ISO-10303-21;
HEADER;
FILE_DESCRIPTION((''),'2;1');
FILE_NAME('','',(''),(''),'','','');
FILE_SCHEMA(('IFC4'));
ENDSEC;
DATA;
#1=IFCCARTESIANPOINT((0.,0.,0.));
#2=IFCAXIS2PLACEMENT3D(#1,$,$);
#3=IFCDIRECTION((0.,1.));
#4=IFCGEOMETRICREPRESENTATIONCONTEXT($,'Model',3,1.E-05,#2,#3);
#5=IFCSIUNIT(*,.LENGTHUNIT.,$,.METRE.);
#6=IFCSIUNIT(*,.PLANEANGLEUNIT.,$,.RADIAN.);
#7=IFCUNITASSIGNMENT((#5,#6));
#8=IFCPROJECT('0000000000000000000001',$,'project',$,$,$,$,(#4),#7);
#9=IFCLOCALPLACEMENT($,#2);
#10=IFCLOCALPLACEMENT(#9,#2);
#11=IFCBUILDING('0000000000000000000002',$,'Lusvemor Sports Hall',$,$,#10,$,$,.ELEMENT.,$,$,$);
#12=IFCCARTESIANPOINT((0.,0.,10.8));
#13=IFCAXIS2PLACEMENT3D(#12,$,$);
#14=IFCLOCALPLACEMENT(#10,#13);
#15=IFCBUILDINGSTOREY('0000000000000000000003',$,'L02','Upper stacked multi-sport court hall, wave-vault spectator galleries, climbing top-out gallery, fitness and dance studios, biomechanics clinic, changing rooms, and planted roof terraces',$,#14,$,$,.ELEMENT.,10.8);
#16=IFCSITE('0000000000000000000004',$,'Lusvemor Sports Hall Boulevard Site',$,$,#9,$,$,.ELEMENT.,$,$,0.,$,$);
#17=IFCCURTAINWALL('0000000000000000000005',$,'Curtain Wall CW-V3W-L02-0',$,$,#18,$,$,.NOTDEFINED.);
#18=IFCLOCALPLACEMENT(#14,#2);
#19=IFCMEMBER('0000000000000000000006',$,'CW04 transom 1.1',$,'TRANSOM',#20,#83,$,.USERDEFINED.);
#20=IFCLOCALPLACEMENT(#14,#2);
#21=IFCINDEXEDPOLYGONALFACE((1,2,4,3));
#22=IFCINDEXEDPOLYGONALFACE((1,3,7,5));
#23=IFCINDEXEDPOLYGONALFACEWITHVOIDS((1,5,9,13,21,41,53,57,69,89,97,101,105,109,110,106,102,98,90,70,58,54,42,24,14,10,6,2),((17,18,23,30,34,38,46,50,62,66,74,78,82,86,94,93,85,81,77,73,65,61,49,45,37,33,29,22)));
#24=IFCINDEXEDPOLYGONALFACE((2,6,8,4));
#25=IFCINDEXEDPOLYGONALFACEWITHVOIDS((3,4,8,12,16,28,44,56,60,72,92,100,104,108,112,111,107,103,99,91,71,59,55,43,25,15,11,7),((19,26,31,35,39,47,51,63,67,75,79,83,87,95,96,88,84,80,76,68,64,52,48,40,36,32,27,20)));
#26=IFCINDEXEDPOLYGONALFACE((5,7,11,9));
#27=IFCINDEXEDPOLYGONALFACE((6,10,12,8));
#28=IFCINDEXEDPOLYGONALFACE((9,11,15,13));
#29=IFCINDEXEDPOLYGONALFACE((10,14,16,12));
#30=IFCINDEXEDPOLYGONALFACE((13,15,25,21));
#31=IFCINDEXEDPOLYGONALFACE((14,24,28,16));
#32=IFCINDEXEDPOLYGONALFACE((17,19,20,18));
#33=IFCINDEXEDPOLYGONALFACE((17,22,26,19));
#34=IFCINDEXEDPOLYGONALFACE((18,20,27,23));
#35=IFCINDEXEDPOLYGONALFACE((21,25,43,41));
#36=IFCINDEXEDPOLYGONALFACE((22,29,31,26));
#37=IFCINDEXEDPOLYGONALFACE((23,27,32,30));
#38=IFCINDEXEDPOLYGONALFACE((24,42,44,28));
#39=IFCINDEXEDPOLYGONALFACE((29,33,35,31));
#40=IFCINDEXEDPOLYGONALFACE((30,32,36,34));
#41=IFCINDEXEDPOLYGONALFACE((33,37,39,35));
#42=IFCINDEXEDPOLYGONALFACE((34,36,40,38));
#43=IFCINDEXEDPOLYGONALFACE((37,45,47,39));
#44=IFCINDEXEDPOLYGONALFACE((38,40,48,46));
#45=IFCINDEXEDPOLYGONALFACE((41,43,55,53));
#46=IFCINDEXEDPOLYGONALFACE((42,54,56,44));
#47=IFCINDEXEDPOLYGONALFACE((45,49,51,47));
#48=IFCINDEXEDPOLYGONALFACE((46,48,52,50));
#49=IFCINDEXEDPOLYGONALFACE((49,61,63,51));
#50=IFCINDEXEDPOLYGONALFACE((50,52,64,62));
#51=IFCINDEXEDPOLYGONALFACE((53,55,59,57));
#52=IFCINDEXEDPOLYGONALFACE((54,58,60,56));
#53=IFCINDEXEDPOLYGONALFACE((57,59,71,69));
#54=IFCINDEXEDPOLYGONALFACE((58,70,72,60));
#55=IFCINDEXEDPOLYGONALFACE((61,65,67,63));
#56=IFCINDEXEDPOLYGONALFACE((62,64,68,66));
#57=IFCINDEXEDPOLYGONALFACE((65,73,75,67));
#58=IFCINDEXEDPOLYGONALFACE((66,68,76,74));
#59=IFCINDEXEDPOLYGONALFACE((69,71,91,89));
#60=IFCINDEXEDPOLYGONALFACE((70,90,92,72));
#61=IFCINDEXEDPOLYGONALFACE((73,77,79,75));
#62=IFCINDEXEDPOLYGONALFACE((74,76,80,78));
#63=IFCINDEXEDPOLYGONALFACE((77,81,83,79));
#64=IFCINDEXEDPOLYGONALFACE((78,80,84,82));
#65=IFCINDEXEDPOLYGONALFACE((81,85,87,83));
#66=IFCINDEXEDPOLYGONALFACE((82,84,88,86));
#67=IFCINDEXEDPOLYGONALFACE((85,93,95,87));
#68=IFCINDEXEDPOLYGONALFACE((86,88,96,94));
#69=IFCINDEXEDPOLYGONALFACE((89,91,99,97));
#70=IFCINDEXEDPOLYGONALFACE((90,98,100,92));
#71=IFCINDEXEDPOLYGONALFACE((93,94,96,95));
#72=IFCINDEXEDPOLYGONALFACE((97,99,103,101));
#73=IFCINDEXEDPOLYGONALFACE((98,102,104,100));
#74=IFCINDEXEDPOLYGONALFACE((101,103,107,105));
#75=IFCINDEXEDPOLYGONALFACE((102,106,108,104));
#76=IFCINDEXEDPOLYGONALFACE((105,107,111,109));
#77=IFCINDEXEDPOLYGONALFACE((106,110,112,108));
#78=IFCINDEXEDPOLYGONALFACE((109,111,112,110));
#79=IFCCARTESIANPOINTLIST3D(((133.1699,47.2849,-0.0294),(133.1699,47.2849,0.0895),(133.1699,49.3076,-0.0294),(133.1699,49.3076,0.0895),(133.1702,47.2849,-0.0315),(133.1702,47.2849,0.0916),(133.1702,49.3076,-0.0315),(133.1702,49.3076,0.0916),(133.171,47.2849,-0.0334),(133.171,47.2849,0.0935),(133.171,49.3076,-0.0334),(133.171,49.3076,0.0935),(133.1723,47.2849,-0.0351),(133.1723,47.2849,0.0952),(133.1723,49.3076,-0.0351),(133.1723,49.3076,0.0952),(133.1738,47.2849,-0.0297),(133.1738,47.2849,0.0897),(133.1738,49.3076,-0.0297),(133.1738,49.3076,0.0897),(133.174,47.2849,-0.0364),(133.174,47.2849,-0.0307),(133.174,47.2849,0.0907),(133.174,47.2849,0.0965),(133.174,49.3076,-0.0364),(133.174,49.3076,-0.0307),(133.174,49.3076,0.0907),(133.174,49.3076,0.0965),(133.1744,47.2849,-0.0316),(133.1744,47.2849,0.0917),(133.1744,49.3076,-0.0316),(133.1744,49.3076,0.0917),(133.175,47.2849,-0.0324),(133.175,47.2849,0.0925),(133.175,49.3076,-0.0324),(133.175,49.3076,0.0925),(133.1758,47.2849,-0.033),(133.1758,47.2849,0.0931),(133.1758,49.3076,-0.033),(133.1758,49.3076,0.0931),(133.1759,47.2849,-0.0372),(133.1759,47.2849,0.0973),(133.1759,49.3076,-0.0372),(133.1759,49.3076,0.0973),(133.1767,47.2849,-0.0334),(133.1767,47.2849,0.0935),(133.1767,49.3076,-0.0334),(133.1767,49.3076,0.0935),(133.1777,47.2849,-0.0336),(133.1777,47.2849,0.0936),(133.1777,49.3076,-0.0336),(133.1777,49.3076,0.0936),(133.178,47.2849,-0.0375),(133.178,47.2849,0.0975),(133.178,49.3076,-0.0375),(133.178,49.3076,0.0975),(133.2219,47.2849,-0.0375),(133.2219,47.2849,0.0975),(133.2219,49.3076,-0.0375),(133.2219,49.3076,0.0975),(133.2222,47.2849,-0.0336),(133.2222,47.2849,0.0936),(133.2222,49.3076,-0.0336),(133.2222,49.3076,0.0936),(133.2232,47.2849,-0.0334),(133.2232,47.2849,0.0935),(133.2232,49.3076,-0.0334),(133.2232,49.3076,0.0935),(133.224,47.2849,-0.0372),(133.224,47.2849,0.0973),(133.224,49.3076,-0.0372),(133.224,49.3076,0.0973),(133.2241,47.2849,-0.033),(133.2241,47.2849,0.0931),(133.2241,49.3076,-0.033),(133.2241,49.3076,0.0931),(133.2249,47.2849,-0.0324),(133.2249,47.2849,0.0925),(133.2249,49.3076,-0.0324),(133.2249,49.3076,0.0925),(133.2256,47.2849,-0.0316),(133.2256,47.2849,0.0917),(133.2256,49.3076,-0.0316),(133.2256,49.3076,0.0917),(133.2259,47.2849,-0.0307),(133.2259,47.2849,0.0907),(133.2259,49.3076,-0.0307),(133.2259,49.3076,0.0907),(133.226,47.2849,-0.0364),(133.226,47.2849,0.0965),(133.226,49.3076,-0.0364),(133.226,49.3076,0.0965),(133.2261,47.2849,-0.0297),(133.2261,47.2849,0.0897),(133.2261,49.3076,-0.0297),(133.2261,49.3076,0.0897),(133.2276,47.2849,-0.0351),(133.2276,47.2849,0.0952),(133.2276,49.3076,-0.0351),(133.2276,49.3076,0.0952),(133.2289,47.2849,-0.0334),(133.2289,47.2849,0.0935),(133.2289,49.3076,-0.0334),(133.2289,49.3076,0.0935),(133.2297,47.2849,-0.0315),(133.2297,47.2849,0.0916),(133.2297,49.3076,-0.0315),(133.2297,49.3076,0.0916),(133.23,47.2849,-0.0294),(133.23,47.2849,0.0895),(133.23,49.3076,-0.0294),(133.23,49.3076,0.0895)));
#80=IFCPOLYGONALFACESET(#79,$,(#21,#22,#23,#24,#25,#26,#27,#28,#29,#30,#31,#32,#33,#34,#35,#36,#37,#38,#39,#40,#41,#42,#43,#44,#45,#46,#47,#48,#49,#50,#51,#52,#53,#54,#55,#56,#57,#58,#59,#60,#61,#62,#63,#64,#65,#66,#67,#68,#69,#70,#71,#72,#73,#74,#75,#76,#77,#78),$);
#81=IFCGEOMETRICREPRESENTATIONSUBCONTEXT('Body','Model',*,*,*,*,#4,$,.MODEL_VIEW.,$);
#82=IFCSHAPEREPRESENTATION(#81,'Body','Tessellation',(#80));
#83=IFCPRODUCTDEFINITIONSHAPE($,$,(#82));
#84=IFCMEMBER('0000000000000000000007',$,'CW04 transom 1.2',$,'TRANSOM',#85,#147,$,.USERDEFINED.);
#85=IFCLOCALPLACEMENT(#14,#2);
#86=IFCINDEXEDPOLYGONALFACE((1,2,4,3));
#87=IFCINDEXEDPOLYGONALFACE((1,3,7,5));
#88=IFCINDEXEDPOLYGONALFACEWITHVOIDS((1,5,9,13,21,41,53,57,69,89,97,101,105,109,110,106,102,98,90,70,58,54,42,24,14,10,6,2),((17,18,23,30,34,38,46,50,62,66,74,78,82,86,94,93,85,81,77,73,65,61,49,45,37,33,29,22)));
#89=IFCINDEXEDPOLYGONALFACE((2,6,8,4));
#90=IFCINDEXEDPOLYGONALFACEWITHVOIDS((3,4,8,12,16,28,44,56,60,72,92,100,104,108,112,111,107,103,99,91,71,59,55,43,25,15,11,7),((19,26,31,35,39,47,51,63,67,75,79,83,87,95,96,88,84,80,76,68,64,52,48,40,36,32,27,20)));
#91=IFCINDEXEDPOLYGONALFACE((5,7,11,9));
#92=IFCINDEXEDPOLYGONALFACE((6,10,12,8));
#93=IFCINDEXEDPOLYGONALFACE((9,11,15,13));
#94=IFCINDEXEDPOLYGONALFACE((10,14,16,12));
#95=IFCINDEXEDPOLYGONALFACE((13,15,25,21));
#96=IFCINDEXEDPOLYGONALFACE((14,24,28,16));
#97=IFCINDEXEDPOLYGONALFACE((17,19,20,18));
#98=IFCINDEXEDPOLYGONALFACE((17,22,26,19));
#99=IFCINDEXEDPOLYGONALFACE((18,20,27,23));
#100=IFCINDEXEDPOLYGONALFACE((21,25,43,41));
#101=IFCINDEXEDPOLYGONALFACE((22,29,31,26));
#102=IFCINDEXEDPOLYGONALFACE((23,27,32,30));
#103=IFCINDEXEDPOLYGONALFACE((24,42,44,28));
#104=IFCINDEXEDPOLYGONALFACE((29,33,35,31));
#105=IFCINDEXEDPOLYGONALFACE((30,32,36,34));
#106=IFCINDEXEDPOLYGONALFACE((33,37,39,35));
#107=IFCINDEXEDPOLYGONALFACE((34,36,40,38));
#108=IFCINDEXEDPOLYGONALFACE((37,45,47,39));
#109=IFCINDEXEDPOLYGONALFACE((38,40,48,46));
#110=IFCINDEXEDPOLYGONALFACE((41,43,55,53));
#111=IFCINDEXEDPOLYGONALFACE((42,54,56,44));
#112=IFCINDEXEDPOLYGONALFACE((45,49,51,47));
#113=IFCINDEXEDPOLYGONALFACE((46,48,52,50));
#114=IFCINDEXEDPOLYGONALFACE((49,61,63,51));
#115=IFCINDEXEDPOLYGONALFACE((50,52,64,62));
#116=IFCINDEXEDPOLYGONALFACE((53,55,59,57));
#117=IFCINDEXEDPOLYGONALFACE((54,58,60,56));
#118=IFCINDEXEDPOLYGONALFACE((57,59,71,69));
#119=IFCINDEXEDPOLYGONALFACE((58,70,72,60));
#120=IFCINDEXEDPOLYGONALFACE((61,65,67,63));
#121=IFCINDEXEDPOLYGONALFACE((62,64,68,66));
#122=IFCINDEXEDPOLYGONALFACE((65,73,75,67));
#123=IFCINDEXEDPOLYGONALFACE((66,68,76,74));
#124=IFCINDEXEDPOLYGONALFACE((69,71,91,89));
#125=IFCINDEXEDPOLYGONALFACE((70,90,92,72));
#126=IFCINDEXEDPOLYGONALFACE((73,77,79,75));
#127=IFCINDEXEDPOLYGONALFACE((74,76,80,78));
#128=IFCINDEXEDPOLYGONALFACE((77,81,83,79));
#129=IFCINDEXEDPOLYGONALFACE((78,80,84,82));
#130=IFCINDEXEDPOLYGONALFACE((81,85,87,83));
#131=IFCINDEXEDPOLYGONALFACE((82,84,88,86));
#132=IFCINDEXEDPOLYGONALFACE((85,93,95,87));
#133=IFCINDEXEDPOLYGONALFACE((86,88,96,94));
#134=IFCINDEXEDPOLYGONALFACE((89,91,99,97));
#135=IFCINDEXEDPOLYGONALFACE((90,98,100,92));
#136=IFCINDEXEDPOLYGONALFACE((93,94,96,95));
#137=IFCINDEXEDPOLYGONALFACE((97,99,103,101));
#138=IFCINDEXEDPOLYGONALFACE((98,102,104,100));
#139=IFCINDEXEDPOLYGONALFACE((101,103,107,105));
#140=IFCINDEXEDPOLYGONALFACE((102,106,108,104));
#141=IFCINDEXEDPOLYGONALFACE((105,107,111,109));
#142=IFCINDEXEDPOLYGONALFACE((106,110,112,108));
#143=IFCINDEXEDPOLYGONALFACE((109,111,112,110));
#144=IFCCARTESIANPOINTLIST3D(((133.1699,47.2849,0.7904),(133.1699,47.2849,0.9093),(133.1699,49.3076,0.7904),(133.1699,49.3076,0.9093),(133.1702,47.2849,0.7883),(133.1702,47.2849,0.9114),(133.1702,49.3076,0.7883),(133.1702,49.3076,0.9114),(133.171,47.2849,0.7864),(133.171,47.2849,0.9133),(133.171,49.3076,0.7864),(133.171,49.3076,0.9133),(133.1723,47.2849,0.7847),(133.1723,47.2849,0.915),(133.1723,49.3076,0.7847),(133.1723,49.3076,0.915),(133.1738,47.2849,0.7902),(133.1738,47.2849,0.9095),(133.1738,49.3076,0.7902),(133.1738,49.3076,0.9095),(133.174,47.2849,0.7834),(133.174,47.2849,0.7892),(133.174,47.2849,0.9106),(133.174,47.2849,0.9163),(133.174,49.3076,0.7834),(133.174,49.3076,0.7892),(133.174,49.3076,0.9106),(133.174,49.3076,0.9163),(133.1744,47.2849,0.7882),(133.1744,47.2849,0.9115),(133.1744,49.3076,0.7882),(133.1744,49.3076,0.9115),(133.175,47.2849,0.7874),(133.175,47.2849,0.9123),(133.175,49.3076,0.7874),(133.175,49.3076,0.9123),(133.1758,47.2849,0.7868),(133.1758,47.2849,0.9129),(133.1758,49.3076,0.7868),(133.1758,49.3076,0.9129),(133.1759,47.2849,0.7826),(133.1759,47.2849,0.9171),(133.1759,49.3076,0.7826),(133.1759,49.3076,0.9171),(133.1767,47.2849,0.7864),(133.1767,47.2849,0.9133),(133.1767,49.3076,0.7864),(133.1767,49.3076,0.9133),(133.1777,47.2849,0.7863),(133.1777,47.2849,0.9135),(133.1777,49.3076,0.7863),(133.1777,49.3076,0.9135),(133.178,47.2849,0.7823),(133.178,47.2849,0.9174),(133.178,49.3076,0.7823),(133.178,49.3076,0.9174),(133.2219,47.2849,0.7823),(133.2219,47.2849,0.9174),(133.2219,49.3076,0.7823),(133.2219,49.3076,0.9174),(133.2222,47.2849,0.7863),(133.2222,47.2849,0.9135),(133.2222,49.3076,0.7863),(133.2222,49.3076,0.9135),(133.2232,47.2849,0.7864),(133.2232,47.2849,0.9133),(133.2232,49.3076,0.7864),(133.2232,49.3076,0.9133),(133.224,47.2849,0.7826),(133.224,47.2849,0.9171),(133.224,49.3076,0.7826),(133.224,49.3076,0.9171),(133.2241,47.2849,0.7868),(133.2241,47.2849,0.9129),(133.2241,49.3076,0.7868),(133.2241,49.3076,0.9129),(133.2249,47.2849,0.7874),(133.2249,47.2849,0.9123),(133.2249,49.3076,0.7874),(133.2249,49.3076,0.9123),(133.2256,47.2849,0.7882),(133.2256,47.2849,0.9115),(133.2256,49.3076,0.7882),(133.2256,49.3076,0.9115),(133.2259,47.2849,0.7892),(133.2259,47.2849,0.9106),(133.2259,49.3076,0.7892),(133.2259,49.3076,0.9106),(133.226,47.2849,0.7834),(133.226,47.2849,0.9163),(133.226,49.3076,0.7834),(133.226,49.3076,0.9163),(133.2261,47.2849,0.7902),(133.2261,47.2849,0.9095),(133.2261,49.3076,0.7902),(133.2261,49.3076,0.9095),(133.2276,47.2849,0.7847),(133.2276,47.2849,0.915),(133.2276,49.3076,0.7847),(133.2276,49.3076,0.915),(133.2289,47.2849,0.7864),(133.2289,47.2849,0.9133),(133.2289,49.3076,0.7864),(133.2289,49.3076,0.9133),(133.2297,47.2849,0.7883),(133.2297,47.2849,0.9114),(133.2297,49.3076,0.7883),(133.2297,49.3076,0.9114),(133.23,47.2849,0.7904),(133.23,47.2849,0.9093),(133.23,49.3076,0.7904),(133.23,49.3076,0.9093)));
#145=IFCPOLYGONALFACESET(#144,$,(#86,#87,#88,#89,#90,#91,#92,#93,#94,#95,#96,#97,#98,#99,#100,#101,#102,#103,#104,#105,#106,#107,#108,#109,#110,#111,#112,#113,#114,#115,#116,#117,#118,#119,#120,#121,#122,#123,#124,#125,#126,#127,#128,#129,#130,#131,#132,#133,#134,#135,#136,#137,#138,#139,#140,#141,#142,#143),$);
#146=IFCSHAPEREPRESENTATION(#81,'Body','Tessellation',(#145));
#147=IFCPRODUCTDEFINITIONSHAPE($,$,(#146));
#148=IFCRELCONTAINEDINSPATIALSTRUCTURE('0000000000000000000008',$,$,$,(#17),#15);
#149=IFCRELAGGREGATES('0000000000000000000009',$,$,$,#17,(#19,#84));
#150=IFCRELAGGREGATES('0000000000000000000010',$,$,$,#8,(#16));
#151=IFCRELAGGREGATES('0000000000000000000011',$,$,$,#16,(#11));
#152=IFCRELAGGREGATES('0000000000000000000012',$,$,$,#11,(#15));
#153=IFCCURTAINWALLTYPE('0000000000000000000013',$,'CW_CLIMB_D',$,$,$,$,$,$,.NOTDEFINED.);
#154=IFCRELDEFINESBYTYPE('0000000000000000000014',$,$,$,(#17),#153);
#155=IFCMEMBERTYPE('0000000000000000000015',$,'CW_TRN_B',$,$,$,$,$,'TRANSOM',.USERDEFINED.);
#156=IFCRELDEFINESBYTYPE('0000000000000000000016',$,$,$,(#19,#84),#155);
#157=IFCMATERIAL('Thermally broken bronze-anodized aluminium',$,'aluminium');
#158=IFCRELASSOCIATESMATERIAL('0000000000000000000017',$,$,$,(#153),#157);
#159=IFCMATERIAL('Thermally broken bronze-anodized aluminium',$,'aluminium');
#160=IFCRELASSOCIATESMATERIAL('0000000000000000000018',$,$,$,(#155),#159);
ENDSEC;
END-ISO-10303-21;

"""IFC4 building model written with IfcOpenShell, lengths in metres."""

from ifc_helpers import new_model, si_unit, direction, frame, origin, origin_2d, place, context, subcontext, project, spatial, hollow_rectangle, extrude, material, material_profile, profile_set, type_object, element, aggregate, save


model = new_model("IFC4")

# Units and contexts
model_context = context("Model", 3, precision=1e-05, world=origin(), true_north=direction((0.0, 1.0)))
body_context = subcontext(model_context, "Body", "Model", "MODEL_VIEW")
ifc_project = project(units=[si_unit("LENGTHUNIT", "METRE"), si_unit("PLANEANGLEUNIT", "RADIAN")], contexts=[model_context])

# Site, building, storey
site_placement = place(None, origin())
site = spatial("IfcSite", under=ifc_project, at=site_placement, Name="Lusvemor Sports Hall Boulevard Site", CompositionType="ELEMENT", RefElevation=0.0)
building_placement = place(site_placement, origin())
building = spatial("IfcBuilding", under=site, at=building_placement, Name="Lusvemor Sports Hall", CompositionType="ELEMENT")
storey_placement = place(building_placement, frame((0.0, 0.0, 10.8)))
storey = spatial("IfcBuildingStorey", under=building, at=storey_placement, Name="L02", Description="Upper stacked multi-sport court hall, wave-vault spectator galleries, climbing top-out gallery, fitness and dance studios, biomechanics clinic, changing rooms, and planted roof terraces", CompositionType="ELEMENT", Elevation=10.8)

# Curtain wall
ifc_material_1 = material(Name="Thermally broken bronze-anodized aluminium", Category="aluminium")
curtain_wall_type_1 = type_object("IfcCurtainWallType", Name="CW_CLIMB_D", PredefinedType="NOTDEFINED", material=ifc_material_1)
curtain_wall_1_placement = place(storey_placement, origin())
curtain_wall_1 = element("IfcCurtainWall", 1, at=curtain_wall_1_placement, inside=storey, type_object=curtain_wall_type_1, Name="Curtain Wall CW-V3W-L02-0", PredefinedType="NOTDEFINED")

# Members
ifc_material_2 = material(Name="Thermally broken bronze-anodized aluminium", Category="aluminium")
ifc_material_profile_1 = material_profile(ifc_material_2, hollow_rectangle(XDim=0.0601, YDim=0.135, WallThickness=0.0039, InnerFilletRadius=0.0039, OuterFilletRadius=0.0081, at=origin_2d()), Name="CWTRN135x60x4")
ifc_profile_set_1 = profile_set([ifc_material_profile_1], Name="Thermally broken bronze-anodized aluminium")
member_type_1 = type_object("IfcMemberType", Name="CW_TRN_B", ElementType="TRANSOM", PredefinedType="USERDEFINED", material=ifc_profile_set_1)
member_1_placement = place(storey_placement, frame((133.2, 47.2849, 0.03), z_axis=(0.0, 1.0, 0.0), x_axis=(-1.0, 0.0, 0.0)))
member_1 = element("IfcMember", 2, at=member_1_placement, type_object=member_type_1, Name="CW04 transom 1.1", ObjectType="TRANSOM", PredefinedType="USERDEFINED", context=body_context, shape_type="SweptSolid", body=[
    extrude(hollow_rectangle(XDim=0.0601, YDim=0.135, WallThickness=0.0039, InnerFilletRadius=0.0039, OuterFilletRadius=0.0081, at=origin_2d()), origin(), (0.0, 0.0, 1.0), 2.0227),
])
member_2_placement = place(storey_placement, frame((133.2, 47.2849, 0.8499), z_axis=(0.0, 1.0, 0.0), x_axis=(-1.0, 0.0, 0.0)))
member_2 = element("IfcMember", 3, at=member_2_placement, type_object=member_type_1, Name="CW04 transom 1.2", ObjectType="TRANSOM", PredefinedType="USERDEFINED", context=body_context, shape_type="SweptSolid", body=[
    extrude(hollow_rectangle(XDim=0.0601, YDim=0.135, WallThickness=0.0039, InnerFilletRadius=0.0039, OuterFilletRadius=0.0081, at=origin_2d()), origin(), (0.0, 0.0, 1.0), 2.0227),
])
aggregate(curtain_wall_1, [member_1, member_2])

save(model, "model.ifc")
